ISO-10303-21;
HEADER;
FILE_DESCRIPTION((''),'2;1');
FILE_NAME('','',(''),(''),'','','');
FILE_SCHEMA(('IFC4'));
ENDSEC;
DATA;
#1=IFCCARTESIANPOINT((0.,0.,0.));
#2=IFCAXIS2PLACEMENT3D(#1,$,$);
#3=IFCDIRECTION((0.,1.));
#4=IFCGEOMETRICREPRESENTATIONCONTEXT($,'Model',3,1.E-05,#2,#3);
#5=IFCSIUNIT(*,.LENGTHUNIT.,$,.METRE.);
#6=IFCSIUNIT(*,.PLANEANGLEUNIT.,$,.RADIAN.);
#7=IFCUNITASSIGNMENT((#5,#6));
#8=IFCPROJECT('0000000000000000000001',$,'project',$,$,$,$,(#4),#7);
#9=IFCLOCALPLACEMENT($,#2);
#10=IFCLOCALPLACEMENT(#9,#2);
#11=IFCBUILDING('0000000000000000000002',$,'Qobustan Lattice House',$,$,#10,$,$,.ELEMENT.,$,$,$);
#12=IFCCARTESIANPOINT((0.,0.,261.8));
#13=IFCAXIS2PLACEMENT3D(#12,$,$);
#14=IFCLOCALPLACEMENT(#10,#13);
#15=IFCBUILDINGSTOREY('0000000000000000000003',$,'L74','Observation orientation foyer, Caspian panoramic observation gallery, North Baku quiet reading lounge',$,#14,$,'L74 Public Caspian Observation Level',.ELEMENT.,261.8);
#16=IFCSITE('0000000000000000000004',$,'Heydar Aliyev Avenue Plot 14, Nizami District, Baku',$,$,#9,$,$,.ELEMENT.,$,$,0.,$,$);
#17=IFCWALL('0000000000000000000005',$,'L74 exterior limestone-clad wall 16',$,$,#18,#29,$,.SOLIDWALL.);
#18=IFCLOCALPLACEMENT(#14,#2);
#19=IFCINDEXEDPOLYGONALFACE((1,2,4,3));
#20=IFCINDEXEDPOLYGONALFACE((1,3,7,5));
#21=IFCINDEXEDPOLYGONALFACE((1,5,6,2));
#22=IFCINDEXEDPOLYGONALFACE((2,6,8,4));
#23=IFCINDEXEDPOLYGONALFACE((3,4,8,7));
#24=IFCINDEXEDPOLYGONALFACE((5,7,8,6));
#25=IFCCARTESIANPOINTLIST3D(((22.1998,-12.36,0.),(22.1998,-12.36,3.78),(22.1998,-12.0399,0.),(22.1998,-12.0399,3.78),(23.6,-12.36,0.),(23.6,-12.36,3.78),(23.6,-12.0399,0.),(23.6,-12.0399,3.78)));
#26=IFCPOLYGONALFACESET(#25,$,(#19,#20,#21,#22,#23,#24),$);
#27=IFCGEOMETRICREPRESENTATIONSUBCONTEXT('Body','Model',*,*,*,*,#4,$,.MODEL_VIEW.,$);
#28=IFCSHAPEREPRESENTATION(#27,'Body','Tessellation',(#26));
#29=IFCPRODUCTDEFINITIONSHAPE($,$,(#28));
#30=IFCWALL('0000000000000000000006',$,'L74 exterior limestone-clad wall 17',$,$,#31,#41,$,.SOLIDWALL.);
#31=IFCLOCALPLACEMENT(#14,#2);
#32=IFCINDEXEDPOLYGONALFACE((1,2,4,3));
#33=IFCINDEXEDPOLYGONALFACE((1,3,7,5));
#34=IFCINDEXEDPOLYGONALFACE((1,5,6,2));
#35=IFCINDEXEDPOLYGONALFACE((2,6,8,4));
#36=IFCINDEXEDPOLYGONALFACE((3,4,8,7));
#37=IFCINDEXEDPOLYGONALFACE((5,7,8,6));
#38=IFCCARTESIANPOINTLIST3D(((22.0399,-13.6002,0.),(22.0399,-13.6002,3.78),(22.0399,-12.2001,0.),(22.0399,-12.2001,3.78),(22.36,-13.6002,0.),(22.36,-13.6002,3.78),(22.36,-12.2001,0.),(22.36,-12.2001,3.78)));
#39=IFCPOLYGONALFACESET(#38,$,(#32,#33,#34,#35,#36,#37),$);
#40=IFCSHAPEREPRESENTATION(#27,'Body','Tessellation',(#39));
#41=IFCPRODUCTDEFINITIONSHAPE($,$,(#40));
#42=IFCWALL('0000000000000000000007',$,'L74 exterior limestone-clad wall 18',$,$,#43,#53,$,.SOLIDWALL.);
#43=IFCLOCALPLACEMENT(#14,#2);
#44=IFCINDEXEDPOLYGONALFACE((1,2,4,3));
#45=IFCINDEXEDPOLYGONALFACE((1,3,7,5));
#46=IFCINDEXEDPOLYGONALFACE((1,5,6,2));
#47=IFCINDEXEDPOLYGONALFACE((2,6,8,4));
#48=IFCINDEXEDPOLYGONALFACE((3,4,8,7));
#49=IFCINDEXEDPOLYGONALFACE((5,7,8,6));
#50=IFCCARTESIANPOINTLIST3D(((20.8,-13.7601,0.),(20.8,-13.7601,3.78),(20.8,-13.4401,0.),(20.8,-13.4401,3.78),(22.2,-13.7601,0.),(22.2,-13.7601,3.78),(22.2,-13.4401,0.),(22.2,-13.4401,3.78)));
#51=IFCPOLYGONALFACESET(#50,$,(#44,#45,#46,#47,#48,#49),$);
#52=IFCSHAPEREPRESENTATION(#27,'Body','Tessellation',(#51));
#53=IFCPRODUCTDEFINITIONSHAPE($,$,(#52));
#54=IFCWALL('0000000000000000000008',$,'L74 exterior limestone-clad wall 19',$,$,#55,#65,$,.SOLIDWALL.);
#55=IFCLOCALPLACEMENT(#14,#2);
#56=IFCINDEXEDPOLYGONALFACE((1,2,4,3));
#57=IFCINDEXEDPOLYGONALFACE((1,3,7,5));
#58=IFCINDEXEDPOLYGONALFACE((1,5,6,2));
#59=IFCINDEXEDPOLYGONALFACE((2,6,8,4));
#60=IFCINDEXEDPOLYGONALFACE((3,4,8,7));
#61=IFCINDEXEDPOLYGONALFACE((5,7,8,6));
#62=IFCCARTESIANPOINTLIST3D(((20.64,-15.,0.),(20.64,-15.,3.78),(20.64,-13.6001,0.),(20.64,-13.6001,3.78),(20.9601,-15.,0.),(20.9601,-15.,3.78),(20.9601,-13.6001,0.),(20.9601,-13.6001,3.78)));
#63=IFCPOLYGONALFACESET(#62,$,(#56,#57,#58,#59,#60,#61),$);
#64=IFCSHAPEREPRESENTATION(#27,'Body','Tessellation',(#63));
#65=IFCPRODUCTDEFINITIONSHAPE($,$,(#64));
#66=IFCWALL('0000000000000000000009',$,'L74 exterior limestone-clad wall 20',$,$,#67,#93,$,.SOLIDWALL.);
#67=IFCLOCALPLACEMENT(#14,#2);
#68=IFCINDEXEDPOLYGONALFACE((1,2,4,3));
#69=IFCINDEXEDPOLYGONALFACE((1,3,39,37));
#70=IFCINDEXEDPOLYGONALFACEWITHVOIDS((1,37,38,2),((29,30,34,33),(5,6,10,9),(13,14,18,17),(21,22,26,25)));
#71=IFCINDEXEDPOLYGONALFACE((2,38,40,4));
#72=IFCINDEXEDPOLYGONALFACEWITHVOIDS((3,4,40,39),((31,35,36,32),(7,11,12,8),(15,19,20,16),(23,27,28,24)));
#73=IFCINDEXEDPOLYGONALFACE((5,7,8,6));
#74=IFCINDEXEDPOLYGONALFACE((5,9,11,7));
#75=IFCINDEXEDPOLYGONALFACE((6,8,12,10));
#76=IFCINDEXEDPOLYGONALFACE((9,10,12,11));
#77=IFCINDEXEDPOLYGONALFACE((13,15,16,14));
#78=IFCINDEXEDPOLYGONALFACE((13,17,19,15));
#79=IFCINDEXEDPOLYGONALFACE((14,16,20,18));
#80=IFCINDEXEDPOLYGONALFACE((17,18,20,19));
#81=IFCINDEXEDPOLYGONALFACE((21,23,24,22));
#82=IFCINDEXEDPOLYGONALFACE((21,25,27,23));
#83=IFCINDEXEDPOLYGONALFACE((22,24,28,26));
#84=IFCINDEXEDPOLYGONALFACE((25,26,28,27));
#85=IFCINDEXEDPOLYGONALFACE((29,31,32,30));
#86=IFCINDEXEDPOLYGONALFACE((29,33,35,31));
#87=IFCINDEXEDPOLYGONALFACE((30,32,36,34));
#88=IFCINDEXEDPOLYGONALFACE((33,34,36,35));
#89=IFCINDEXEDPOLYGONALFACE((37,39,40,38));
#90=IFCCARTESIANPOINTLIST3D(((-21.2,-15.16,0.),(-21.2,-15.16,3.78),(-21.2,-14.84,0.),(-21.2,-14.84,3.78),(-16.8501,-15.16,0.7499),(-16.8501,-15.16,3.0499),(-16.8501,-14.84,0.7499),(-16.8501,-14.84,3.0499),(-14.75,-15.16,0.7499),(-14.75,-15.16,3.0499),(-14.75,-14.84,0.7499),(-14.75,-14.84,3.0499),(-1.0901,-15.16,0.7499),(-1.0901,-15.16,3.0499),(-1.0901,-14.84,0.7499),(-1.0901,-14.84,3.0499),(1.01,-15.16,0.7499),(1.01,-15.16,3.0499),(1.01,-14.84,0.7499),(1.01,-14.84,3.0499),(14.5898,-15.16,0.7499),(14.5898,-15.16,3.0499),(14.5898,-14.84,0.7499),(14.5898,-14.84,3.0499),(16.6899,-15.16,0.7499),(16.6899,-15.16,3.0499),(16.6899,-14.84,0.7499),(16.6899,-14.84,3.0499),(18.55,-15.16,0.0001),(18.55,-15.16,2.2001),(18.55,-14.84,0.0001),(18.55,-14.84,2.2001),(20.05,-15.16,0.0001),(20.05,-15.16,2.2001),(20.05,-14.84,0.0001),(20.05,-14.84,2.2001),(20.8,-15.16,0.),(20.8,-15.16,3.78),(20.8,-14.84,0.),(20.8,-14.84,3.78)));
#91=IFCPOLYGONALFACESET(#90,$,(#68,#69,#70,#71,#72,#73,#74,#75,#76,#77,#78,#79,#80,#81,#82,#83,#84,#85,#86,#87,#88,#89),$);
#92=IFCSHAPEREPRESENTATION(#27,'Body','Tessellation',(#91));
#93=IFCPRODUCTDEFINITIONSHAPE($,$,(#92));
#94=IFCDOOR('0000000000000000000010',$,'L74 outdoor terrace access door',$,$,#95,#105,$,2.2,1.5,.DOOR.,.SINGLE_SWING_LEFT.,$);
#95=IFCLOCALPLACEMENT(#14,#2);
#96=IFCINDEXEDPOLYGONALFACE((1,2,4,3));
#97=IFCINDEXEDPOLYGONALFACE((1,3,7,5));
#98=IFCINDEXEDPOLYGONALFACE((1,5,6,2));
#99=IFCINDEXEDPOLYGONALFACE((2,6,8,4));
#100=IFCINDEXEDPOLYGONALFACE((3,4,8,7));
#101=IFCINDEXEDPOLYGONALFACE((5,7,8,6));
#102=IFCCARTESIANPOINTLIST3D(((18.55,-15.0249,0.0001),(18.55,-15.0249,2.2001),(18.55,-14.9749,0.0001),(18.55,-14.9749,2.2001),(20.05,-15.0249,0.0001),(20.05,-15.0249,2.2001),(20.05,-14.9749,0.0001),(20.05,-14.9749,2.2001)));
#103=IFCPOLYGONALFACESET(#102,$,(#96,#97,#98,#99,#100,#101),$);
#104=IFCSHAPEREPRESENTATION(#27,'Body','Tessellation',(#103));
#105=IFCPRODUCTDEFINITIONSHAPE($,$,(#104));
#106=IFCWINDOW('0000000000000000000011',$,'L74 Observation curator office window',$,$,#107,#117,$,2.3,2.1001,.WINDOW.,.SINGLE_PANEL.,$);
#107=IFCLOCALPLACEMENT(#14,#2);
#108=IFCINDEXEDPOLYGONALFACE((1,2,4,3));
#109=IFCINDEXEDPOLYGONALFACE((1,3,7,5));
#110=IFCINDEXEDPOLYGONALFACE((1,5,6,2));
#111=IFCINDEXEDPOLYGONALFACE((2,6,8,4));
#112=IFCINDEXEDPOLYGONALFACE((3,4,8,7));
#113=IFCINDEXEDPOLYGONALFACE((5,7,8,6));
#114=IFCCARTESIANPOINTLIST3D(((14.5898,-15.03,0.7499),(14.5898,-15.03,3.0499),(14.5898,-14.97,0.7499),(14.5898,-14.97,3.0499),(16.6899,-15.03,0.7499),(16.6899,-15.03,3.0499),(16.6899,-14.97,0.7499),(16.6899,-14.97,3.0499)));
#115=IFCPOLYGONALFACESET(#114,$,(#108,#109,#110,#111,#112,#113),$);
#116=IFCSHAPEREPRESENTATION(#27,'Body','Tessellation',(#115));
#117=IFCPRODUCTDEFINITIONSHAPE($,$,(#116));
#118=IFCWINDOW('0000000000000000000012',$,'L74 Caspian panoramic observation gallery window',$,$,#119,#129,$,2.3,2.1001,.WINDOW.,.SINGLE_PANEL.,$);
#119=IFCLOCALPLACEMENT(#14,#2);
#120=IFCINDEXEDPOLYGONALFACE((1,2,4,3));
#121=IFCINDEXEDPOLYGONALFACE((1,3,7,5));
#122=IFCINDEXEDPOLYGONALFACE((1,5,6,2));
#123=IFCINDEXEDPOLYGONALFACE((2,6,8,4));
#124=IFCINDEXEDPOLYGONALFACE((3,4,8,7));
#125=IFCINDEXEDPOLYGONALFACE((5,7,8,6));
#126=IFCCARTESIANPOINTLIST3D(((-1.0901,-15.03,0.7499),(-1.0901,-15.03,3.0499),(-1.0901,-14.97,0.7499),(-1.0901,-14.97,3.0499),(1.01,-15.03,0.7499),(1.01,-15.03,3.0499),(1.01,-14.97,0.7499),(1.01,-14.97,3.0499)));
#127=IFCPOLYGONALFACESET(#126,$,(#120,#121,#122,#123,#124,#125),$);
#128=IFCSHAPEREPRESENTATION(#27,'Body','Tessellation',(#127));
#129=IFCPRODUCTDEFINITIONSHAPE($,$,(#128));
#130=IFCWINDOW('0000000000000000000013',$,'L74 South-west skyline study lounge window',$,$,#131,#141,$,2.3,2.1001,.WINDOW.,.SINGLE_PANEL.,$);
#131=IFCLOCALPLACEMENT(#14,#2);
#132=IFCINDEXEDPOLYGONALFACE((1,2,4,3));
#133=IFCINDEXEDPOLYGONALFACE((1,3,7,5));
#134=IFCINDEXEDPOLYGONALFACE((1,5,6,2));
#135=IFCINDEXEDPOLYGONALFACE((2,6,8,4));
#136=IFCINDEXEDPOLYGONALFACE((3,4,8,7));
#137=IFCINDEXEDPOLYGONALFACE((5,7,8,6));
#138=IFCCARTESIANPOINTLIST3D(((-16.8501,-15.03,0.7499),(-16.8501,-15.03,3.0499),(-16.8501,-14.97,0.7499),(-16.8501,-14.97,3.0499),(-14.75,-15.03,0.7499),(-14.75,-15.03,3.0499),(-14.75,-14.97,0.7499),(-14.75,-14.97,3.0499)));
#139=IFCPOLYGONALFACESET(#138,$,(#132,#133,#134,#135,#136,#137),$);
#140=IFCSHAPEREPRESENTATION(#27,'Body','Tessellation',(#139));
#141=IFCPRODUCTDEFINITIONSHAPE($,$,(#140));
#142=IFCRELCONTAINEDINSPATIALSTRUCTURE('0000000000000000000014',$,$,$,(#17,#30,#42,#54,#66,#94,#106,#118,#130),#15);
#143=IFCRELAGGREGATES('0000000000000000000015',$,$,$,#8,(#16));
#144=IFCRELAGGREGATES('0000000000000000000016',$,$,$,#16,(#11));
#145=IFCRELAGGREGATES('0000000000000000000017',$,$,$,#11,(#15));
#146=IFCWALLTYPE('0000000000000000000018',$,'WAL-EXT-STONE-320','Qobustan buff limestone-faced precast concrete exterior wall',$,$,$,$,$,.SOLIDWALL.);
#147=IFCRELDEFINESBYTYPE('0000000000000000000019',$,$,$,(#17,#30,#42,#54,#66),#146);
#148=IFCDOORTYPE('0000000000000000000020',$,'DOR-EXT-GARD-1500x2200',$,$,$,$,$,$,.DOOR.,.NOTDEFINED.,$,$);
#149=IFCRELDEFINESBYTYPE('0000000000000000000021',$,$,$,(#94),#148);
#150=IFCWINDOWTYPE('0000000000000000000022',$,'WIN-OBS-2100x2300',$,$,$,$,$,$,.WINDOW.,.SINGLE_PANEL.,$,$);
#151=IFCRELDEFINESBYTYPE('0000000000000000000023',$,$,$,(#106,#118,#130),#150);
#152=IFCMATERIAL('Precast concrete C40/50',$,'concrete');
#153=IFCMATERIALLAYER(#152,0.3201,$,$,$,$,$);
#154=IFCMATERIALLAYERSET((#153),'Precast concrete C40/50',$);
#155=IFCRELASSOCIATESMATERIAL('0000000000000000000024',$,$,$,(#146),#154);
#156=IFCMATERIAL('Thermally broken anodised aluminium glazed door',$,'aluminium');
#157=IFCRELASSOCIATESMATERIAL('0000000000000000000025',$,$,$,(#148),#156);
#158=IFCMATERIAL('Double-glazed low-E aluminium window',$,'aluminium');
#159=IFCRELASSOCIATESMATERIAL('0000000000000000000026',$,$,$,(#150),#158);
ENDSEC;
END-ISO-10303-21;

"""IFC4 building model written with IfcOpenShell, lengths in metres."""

from ifc_helpers import new_model, si_unit, direction, frame, frame_2d, origin, place, context, subcontext, project, spatial, rectangle, extrude, material, layer, layer_set, type_object, element, fill, save


model = new_model("IFC4")

# Units and contexts
model_context = context("Model", 3, precision=1e-05, world=origin(), true_north=direction((0.0, 1.0)))
body_context = subcontext(model_context, "Body", "Model", "MODEL_VIEW")
ifc_project = project(units=[si_unit("LENGTHUNIT", "METRE"), si_unit("PLANEANGLEUNIT", "RADIAN")], contexts=[model_context])

# Site, building, storey
site_placement = place(None, origin())
site = spatial("IfcSite", under=ifc_project, at=site_placement, Name="Heydar Aliyev Avenue Plot 14, Nizami District, Baku", CompositionType="ELEMENT", RefElevation=0.0)
building_placement = place(site_placement, origin())
building = spatial("IfcBuilding", under=site, at=building_placement, Name="Qobustan Lattice House", CompositionType="ELEMENT")
storey_placement = place(building_placement, frame((0.0, 0.0, 261.8)))
storey = spatial("IfcBuildingStorey", under=building, at=storey_placement, Name="L74", Description="Observation orientation foyer, Caspian panoramic observation gallery, North Baku quiet reading lounge", LongName="L74 Public Caspian Observation Level", CompositionType="ELEMENT", Elevation=261.8)

# Walls
ifc_material_1 = material(Name="Precast concrete C40/50", Category="concrete")
ifc_layer_1 = layer(ifc_material_1, 0.3201)
ifc_layer_set_1 = layer_set([ifc_layer_1], Name="Precast concrete C40/50")
wall_type = type_object("IfcWallType", Name="WAL-EXT-STONE-320", Description="Qobustan buff limestone-faced precast concrete exterior wall", PredefinedType="SOLIDWALL", material=ifc_layer_set_1)
for number, where, z_axis, x_axis, name in (
    (1, (23.6001, -12.2, 0.0), (0.0, 0.0, 1.0), (-1.0, 0.0, 0.0), "L74 exterior limestone-clad wall 16"),
    (2, (22.2, -12.2, 0.0), (0.0, 0.0, 1.0), (0.0, -1.0, 0.0), "L74 exterior limestone-clad wall 17"),
):
    element("IfcWall", number, at=place(storey_placement, frame(where, z_axis=z_axis, x_axis=x_axis)), inside=storey, type_object=wall_type, Name=name, PredefinedType="SOLIDWALL", context=body_context, shape_type="SweptSolid", body=[
        extrude(rectangle(XDim=1.4001, YDim=0.3201, at=frame_2d((0.7002, 0.0))), origin(), (0.0, 0.0, 1.0), 3.78),
    ])
for number, where, z_axis, x_axis, name in (
    (3, (22.2, -13.6001, 0.0), (0.0, 0.0, 1.0), (-1.0, 0.0, 0.0), "L74 exterior limestone-clad wall 18"),
    (4, (20.8, -13.6001, 0.0), (0.0, 0.0, 1.0), (0.0, -1.0, 0.0), "L74 exterior limestone-clad wall 19"),
):
    element("IfcWall", number, at=place(storey_placement, frame(where, z_axis=z_axis, x_axis=x_axis)), inside=storey, type_object=wall_type, Name=name, PredefinedType="SOLIDWALL", context=body_context, shape_type="SweptSolid", body=[
        extrude(rectangle(XDim=1.3999, YDim=0.3201, at=frame_2d((0.7, 0.0))), origin(), (0.0, 0.0, 1.0), 3.78),
    ])

# Wall, openings, door, windows
wall_placement = place(storey_placement, frame((20.8, -15.0, 0.0), z_axis=(0.0, 0.0, 1.0), x_axis=(-1.0, 0.0, 0.0)))
wall = element("IfcWall", 5, at=wall_placement, inside=storey, type_object=wall_type, Name="L74 exterior limestone-clad wall 20", PredefinedType="SOLIDWALL", context=body_context, shape_type="SweptSolid", body=[
    extrude(rectangle(XDim=42.0, YDim=0.3201, at=frame_2d((21.0, 0.0))), origin(), (0.0, 0.0, 1.0), 3.78),
])
opening_1_placement = place(wall_placement, frame((0.75, 0.0, 0.0)))
opening_1 = element("IfcOpeningElement", 6, at=opening_1_placement, cuts=wall, PredefinedType="OPENING", context=body_context, shape_type="SweptSolid", body=[
    extrude(rectangle(XDim=1.5, YDim=2.2, at=frame_2d((0.75, 1.1001))), frame((0.0, 0.1699, 0.0), z_axis=(0.0, -1.0, 0.0), x_axis=(1.0, 0.0, 0.0)), (0.0, 0.0, 1.0), 0.3401),
])
opening_2_placement = place(wall_placement, frame((4.1101, 0.0, 0.75)))
opening_2 = element("IfcOpeningElement", 7, at=opening_2_placement, cuts=wall, PredefinedType="OPENING", context=body_context, shape_type="SweptSolid", body=[
    extrude(rectangle(XDim=2.1001, YDim=2.3, at=frame_2d((1.05, 1.1499))), frame((0.0, 0.1699, 0.0), z_axis=(0.0, -1.0, 0.0), x_axis=(1.0, 0.0, 0.0)), (0.0, 0.0, 1.0), 0.3401),
])
opening_3_placement = place(wall_placement, frame((19.79, 0.0, 0.75)))
opening_3 = element("IfcOpeningElement", 8, at=opening_3_placement, cuts=wall, PredefinedType="OPENING", context=body_context, shape_type="SweptSolid", body=[
    extrude(rectangle(XDim=2.1001, YDim=2.3, at=frame_2d((1.05, 1.1499))), frame((0.0, 0.1699, 0.0), z_axis=(0.0, -1.0, 0.0), x_axis=(1.0, 0.0, 0.0)), (0.0, 0.0, 1.0), 0.3401),
])
opening_4_placement = place(wall_placement, frame((35.55, 0.0, 0.75)))
opening_4 = element("IfcOpeningElement", 9, at=opening_4_placement, cuts=wall, PredefinedType="OPENING", context=body_context, shape_type="SweptSolid", body=[
    extrude(rectangle(XDim=2.1001, YDim=2.3, at=frame_2d((1.05, 1.1499))), frame((0.0, 0.1699, 0.0), z_axis=(0.0, -1.0, 0.0), x_axis=(1.0, 0.0, 0.0)), (0.0, 0.0, 1.0), 0.3401),
])
ifc_material_2 = material(Name="Thermally broken anodised aluminium glazed door", Category="aluminium")
door_type = type_object("IfcDoorType", Name="DOR-EXT-GARD-1500x2200", OperationType="NOTDEFINED", PredefinedType="DOOR", material=ifc_material_2)
door_placement = place(opening_1_placement, origin())
door = element("IfcDoor", 10, at=door_placement, inside=storey, type_object=door_type, Name="L74 outdoor terrace access door", OperationType="SINGLE_SWING_LEFT", OverallHeight=2.2, OverallWidth=1.5, PredefinedType="DOOR", context=body_context, shape_type="SweptSolid", body=[
    extrude(rectangle(XDim=1.5, YDim=2.2, at=frame_2d((0.75, 1.1001))), frame((0.0, 0.0249, 0.0), z_axis=(0.0, -1.0, 0.0), x_axis=(1.0, 0.0, 0.0)), (0.0, 0.0, 1.0), 0.05),
])
fill(opening_1, door)
ifc_material_3 = material(Name="Double-glazed low-E aluminium window", Category="aluminium")
window_type = type_object("IfcWindowType", Name="WIN-OBS-2100x2300", PartitioningType="SINGLE_PANEL", PredefinedType="WINDOW", material=ifc_material_3)
window_1_placement = place(opening_2_placement, origin())
window_1 = element("IfcWindow", 11, at=window_1_placement, inside=storey, type_object=window_type, Name="L74 Observation curator office window", OverallHeight=2.3, OverallWidth=2.1001, PartitioningType="SINGLE_PANEL", PredefinedType="WINDOW", context=body_context, shape_type="SweptSolid", body=[
    extrude(rectangle(XDim=2.1001, YDim=2.3, at=frame_2d((1.05, 1.1499))), frame((0.0, 0.03, 0.0), z_axis=(0.0, -1.0, 0.0), x_axis=(1.0, 0.0, 0.0)), (0.0, 0.0, 1.0), 0.0601),
])
fill(opening_2, window_1)
window_2_placement = place(opening_3_placement, origin())
window_2 = element("IfcWindow", 12, at=window_2_placement, inside=storey, type_object=window_type, Name="L74 Caspian panoramic observation gallery window", OverallHeight=2.3, OverallWidth=2.1001, PartitioningType="SINGLE_PANEL", PredefinedType="WINDOW", context=body_context, shape_type="SweptSolid", body=[
    extrude(rectangle(XDim=2.1001, YDim=2.3, at=frame_2d((1.05, 1.1499))), frame((0.0, 0.03, 0.0), z_axis=(0.0, -1.0, 0.0), x_axis=(1.0, 0.0, 0.0)), (0.0, 0.0, 1.0), 0.0601),
])
fill(opening_3, window_2)
window_3_placement = place(opening_4_placement, origin())
window_3 = element("IfcWindow", 13, at=window_3_placement, inside=storey, type_object=window_type, Name="L74 South-west skyline study lounge window", OverallHeight=2.3, OverallWidth=2.1001, PartitioningType="SINGLE_PANEL", PredefinedType="WINDOW", context=body_context, shape_type="SweptSolid", body=[
    extrude(rectangle(XDim=2.1001, YDim=2.3, at=frame_2d((1.05, 1.1499))), frame((0.0, 0.03, 0.0), z_axis=(0.0, -1.0, 0.0), x_axis=(1.0, 0.0, 0.0)), (0.0, 0.0, 1.0), 0.0601),
])
fill(opening_4, window_3)

save(model, "model.ifc")
